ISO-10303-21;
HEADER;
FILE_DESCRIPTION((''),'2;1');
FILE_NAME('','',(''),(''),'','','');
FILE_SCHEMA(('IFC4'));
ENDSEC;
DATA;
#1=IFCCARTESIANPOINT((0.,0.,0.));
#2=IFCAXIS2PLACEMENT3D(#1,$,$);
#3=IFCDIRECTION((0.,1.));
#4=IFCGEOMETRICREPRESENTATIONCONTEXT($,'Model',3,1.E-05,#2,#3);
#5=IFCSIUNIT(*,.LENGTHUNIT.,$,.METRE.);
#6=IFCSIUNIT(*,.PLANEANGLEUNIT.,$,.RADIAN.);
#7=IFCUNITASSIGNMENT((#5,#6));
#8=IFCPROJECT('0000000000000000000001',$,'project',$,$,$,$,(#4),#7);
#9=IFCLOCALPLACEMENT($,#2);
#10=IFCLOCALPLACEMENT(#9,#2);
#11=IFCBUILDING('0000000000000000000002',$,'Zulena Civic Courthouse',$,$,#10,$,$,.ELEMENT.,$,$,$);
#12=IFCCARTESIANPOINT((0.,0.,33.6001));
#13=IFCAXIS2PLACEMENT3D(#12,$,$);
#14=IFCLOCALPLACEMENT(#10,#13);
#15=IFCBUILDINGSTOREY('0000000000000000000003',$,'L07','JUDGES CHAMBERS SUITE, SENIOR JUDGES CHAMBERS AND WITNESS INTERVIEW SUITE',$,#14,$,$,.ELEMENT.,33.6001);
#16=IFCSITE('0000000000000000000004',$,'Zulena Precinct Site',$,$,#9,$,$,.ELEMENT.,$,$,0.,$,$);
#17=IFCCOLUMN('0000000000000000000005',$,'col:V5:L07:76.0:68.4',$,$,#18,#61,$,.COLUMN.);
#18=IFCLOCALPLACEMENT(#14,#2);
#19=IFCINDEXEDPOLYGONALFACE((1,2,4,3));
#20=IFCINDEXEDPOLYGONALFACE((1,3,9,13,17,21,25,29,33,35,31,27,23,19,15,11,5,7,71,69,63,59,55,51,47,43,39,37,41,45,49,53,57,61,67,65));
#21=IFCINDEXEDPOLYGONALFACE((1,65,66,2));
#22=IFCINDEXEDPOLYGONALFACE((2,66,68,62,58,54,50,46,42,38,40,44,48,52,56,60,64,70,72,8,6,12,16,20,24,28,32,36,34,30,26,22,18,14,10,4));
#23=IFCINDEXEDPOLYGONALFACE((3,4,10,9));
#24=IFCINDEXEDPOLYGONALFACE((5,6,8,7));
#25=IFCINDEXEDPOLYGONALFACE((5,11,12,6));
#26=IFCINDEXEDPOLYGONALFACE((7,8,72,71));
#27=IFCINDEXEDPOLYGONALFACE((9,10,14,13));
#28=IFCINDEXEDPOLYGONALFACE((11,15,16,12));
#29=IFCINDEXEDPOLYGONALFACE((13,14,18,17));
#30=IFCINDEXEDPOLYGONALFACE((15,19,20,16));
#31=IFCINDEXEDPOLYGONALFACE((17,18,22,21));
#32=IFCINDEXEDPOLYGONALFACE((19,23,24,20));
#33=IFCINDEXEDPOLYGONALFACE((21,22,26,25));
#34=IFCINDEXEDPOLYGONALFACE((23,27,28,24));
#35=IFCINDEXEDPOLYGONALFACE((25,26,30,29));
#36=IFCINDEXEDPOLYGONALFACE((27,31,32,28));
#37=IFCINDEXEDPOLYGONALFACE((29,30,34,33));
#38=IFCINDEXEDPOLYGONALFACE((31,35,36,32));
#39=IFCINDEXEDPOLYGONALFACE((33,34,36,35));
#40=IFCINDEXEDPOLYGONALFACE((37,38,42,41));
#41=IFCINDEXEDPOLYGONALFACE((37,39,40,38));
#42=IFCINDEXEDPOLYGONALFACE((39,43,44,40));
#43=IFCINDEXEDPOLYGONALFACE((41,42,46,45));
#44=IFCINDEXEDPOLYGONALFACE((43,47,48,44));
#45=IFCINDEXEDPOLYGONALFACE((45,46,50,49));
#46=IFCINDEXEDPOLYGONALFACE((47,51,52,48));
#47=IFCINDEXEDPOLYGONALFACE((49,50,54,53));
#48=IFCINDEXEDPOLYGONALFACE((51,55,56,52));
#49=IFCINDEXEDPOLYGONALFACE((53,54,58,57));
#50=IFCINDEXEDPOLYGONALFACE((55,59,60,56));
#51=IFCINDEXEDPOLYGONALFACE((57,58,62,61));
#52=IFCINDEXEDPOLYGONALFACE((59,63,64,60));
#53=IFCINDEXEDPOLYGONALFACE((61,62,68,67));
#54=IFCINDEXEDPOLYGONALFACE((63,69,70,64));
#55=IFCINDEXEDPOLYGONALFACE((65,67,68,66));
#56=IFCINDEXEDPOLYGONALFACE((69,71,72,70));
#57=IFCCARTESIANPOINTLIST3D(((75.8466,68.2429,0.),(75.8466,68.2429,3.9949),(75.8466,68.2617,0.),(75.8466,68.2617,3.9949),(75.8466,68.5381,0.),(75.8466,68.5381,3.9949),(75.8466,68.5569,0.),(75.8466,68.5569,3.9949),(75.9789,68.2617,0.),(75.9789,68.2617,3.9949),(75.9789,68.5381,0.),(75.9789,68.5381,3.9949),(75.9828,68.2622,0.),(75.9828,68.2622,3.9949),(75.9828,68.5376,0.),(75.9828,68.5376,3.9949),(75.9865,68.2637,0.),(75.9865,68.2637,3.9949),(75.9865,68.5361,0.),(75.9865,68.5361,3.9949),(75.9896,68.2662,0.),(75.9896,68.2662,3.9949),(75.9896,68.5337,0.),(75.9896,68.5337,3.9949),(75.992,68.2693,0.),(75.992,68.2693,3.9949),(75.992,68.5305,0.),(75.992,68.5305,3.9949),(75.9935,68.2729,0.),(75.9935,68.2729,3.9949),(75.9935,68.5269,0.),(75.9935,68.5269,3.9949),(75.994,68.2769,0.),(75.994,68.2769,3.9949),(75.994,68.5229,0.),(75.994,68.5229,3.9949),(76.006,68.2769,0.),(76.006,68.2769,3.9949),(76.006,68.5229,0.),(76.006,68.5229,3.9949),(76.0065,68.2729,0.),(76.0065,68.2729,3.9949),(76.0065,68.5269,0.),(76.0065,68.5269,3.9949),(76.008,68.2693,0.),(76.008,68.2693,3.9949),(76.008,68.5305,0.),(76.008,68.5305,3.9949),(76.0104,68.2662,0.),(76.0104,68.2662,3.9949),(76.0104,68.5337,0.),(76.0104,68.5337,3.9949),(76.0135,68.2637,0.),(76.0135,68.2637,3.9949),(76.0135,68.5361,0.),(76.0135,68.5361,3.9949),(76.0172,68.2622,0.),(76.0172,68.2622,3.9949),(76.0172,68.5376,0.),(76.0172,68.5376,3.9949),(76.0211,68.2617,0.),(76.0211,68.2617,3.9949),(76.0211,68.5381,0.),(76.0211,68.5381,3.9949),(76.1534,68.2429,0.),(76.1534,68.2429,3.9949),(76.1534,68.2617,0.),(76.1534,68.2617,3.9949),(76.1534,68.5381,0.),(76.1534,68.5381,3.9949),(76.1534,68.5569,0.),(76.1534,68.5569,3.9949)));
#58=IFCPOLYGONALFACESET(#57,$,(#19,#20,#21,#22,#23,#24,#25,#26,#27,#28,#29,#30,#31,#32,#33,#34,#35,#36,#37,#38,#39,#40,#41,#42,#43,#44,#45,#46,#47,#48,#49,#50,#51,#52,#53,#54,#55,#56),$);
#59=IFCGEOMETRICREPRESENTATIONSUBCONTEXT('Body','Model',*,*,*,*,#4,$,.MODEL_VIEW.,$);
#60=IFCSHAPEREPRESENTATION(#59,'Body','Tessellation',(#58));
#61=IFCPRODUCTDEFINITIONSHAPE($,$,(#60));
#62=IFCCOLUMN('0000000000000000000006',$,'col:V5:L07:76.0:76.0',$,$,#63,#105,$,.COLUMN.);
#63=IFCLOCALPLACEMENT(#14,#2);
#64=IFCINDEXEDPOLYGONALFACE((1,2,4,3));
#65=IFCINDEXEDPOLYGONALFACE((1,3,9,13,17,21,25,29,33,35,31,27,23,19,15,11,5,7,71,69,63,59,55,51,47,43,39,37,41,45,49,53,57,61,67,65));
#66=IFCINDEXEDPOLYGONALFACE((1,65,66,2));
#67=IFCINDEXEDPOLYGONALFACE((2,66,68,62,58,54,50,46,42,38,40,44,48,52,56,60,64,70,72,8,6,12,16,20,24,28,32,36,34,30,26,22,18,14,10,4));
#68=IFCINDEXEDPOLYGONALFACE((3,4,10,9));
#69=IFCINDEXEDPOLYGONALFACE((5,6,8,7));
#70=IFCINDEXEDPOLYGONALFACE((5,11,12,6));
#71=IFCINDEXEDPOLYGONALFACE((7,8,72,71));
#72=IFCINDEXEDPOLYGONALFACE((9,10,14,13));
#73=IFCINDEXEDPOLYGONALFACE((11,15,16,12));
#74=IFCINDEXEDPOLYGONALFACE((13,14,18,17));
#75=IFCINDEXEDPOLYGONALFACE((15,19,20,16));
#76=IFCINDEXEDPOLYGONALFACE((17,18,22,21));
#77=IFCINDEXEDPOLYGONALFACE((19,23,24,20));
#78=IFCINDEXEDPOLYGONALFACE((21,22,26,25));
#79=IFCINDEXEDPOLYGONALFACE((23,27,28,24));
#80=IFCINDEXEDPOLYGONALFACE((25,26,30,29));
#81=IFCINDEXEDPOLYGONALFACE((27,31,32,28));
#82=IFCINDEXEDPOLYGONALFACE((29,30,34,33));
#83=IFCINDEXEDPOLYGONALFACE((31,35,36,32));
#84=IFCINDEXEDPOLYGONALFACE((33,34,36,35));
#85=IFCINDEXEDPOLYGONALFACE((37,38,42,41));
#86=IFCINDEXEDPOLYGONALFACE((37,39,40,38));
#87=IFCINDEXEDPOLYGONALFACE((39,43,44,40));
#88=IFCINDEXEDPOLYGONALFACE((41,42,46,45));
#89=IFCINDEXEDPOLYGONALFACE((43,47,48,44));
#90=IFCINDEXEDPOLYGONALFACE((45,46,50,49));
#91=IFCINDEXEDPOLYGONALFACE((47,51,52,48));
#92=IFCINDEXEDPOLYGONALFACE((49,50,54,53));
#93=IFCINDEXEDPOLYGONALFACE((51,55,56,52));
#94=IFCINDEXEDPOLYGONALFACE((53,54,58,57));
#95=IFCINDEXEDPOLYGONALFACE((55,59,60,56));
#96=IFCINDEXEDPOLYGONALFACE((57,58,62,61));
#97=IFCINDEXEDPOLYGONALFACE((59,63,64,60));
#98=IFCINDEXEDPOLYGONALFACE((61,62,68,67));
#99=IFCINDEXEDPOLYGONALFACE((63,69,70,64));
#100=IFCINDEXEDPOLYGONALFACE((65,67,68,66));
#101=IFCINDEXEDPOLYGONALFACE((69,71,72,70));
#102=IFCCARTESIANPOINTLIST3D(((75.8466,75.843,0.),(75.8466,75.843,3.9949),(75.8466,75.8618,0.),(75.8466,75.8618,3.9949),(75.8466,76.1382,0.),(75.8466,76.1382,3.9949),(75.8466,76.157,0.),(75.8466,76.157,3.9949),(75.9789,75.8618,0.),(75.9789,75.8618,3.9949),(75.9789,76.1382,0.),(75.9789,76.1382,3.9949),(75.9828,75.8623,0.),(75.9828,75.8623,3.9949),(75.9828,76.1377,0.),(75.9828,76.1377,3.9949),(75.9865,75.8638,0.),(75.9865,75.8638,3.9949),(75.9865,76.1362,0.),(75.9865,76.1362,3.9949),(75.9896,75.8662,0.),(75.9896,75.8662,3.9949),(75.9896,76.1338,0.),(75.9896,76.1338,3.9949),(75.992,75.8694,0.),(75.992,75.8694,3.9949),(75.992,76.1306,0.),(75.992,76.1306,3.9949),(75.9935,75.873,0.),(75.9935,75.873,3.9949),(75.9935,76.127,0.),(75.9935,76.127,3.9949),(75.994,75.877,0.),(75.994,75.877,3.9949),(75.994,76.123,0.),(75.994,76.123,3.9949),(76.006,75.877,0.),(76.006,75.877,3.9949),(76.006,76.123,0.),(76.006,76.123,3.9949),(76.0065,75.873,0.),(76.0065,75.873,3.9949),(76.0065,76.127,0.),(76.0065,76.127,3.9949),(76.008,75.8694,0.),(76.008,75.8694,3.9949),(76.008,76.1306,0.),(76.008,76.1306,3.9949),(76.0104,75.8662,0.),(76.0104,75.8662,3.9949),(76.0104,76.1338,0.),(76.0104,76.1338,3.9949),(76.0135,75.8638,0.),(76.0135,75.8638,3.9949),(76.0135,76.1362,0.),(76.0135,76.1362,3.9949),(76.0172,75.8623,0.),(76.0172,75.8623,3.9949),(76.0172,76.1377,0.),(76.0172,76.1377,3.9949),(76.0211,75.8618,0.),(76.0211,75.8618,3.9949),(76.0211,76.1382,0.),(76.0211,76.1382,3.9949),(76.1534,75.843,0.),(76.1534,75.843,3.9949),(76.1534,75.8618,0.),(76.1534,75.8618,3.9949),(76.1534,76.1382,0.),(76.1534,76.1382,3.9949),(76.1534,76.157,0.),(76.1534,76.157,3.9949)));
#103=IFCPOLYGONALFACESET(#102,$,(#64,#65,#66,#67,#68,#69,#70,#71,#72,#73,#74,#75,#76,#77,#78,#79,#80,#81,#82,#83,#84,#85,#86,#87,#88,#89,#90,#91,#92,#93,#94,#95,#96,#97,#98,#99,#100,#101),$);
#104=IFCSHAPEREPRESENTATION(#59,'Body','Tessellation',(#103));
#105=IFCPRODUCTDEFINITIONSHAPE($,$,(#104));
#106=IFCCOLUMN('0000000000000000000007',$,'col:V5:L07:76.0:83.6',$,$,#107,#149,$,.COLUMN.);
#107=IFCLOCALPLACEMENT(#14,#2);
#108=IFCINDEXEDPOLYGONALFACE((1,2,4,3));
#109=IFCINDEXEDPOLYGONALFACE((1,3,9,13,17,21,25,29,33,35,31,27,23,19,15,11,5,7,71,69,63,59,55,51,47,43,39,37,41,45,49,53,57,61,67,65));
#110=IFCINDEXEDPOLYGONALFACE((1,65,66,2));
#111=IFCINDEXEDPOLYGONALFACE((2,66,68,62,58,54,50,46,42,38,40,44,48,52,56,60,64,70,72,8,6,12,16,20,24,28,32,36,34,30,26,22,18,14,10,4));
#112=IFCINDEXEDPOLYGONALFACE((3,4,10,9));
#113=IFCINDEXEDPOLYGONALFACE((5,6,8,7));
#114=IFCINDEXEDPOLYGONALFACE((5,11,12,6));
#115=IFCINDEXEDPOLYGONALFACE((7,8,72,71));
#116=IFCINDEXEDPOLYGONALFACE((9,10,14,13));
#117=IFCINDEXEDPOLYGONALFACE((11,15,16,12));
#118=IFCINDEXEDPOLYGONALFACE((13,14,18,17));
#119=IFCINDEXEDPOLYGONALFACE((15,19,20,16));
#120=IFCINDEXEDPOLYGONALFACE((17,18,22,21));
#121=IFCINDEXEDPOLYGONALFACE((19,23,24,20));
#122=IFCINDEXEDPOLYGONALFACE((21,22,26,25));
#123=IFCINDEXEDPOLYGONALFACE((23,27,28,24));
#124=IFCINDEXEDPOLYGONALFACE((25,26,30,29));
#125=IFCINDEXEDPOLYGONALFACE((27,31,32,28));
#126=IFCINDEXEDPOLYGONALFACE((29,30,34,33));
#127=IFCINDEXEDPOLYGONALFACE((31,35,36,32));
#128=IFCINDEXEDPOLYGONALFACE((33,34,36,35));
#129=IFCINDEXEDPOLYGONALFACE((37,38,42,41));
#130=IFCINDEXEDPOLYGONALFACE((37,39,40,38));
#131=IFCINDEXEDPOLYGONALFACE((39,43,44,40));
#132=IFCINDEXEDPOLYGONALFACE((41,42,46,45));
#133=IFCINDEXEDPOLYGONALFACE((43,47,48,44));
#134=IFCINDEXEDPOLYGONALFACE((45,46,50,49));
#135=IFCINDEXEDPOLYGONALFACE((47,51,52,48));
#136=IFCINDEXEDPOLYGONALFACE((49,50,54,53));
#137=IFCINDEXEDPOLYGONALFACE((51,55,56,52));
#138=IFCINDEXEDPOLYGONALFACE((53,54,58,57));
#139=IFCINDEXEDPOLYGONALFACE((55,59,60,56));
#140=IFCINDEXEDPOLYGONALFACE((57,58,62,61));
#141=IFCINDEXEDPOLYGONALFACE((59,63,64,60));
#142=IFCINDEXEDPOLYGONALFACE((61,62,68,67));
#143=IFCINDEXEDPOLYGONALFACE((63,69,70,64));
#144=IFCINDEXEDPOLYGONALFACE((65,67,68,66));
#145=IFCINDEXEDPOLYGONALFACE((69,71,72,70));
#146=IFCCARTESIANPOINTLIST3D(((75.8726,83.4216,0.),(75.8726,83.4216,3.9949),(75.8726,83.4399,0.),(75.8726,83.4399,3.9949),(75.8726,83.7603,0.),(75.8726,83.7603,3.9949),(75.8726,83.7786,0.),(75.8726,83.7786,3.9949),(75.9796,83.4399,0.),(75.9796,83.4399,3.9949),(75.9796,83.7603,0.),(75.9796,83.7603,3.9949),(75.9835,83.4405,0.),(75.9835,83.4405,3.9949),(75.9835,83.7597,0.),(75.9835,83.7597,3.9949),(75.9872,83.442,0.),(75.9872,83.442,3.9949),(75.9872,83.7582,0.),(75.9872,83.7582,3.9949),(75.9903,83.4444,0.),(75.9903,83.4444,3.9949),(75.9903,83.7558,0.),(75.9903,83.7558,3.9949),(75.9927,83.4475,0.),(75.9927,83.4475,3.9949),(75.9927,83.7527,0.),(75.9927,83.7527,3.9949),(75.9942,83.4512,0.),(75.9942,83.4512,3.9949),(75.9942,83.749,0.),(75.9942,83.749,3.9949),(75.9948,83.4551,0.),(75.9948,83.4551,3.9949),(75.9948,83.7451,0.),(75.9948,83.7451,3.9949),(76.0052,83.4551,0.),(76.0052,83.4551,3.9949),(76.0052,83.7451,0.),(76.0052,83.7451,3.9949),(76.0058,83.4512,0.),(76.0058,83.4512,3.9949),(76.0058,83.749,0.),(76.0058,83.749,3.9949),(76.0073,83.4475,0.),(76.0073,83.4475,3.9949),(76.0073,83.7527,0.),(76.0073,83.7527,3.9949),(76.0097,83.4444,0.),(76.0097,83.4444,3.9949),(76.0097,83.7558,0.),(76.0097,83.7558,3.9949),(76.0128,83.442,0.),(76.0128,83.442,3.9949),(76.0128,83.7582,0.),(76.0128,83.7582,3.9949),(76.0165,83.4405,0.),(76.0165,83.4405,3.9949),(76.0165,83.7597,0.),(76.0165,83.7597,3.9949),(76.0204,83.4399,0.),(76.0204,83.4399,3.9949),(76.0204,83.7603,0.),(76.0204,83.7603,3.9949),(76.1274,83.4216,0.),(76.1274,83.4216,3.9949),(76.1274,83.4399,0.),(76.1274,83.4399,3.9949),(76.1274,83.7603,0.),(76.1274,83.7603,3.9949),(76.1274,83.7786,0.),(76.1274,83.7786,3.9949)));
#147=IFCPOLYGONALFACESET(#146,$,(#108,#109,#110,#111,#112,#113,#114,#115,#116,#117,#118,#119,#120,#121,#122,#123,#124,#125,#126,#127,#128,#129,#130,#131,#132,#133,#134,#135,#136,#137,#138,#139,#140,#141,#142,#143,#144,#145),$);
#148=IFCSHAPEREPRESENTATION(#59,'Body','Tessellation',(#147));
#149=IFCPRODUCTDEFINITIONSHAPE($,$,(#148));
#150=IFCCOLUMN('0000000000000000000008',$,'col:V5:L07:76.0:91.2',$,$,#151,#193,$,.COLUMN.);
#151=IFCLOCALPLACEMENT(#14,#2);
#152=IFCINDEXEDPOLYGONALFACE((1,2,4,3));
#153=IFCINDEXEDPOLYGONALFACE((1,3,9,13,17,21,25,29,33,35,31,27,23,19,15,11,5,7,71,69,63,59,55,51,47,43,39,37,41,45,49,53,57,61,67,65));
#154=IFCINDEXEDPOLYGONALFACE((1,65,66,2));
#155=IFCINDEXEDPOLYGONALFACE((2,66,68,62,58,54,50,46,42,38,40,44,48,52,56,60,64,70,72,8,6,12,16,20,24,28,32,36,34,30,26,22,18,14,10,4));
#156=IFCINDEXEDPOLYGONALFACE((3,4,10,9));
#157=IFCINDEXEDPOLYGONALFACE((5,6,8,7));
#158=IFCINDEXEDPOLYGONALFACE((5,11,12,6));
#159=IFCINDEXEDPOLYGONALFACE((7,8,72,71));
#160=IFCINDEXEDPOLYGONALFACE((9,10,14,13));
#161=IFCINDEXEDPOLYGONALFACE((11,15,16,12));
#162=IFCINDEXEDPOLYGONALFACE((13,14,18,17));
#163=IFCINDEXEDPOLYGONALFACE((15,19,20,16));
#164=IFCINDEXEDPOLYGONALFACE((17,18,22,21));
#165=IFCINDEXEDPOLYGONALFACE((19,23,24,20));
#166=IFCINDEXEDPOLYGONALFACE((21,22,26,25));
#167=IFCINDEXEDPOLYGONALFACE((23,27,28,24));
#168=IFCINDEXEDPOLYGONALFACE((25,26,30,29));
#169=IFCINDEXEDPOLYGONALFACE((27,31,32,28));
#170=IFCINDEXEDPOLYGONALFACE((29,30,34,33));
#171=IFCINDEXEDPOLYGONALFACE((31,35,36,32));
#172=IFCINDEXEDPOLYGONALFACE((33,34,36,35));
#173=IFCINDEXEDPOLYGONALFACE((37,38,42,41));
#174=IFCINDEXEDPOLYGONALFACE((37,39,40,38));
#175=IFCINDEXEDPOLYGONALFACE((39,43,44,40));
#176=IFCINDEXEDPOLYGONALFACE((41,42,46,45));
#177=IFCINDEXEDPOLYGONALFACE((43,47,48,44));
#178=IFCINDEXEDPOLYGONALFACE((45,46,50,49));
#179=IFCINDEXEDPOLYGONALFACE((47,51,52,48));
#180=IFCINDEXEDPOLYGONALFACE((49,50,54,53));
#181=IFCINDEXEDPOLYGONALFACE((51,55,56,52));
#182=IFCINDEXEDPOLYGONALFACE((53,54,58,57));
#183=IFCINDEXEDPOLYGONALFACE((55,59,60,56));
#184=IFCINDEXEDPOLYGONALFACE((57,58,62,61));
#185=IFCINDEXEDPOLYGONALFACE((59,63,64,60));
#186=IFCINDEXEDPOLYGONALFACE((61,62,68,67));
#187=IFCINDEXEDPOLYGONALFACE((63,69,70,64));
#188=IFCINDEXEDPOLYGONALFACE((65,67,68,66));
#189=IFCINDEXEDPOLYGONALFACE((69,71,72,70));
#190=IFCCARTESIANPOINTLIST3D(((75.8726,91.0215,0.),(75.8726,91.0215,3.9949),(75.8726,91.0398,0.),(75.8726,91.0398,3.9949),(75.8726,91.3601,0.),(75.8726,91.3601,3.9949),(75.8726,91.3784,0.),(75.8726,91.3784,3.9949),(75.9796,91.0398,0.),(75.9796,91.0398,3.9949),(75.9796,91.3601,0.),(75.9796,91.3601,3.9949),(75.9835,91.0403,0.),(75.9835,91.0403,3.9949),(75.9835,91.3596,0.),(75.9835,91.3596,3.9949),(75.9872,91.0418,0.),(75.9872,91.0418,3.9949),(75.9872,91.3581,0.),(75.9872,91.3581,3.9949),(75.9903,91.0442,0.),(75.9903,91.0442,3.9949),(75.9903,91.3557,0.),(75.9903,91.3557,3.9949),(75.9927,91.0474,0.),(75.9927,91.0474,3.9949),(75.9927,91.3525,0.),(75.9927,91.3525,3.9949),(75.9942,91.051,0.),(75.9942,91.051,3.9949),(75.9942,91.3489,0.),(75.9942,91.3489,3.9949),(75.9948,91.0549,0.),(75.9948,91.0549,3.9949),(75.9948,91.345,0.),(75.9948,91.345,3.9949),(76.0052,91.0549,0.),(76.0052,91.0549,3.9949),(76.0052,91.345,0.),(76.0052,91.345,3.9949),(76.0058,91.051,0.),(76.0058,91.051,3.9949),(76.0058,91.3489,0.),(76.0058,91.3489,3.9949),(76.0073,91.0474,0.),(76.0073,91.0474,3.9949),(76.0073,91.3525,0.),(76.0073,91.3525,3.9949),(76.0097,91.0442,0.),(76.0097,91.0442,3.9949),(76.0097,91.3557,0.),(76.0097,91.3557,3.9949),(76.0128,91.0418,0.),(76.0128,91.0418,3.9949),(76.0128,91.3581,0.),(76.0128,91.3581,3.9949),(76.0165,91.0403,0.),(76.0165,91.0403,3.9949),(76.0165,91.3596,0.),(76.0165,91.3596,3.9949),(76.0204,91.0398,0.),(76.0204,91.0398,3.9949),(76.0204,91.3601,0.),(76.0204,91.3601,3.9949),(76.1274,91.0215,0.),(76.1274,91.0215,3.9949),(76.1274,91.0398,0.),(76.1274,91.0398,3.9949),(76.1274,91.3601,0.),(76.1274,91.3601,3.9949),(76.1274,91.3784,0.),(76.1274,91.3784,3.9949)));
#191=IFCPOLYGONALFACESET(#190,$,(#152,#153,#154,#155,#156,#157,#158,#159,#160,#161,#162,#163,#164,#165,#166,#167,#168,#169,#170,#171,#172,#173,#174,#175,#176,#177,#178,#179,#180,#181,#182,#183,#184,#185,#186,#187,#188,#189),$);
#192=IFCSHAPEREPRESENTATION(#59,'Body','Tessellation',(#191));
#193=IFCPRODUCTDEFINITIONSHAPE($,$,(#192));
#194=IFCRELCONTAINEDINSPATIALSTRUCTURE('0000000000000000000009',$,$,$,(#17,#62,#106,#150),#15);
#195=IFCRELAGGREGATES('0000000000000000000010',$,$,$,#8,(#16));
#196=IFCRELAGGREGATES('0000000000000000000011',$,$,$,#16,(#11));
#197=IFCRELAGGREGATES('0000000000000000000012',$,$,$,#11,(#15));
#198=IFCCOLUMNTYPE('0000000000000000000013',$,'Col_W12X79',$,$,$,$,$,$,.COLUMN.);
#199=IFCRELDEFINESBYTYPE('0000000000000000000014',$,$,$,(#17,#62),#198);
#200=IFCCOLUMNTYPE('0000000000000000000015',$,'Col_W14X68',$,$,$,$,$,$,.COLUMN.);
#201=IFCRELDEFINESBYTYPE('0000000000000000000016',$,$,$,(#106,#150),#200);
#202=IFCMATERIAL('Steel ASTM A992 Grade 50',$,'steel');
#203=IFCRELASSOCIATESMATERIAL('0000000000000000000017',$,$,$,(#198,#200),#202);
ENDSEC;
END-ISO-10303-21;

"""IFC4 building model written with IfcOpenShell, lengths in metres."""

from ifc_helpers import new_model, si_unit, direction, frame, origin, origin_2d, place, context, subcontext, project, spatial, i_section, extrude, material, material_profile, profile_set, type_object, element, save


model = new_model("IFC4")

# Units and contexts
model_context = context("Model", 3, precision=1e-05, world=origin(), true_north=direction((0.0, 1.0)))
body_context = subcontext(model_context, "Body", "Model", "MODEL_VIEW")
ifc_project = project(units=[si_unit("LENGTHUNIT", "METRE"), si_unit("PLANEANGLEUNIT", "RADIAN")], contexts=[model_context])

# Site, building, storey
site_placement = place(None, origin())
site = spatial("IfcSite", under=ifc_project, at=site_placement, Name="Zulena Precinct Site", CompositionType="ELEMENT", RefElevation=0.0)
building_placement = place(site_placement, origin())
building = spatial("IfcBuilding", under=site, at=building_placement, Name="Zulena Civic Courthouse", CompositionType="ELEMENT")
storey_placement = place(building_placement, frame((0.0, 0.0, 33.6001)))
storey = spatial("IfcBuildingStorey", under=building, at=storey_placement, Name="L07", Description="JUDGES CHAMBERS SUITE, SENIOR JUDGES CHAMBERS AND WITNESS INTERVIEW SUITE", CompositionType="ELEMENT", Elevation=33.6001)

# Columns
ifc_material_1 = material(Name="Steel ASTM A992 Grade 50", Category="steel")
ifc_material_profile_1 = material_profile(ifc_material_1, i_section(OverallWidth=0.3069, OverallDepth=0.314, WebThickness=0.012, FlangeThickness=0.0188, FilletRadius=0.0151, at=origin_2d()), Name="W12X79")
ifc_profile_set_1 = profile_set([ifc_material_profile_1], Name="Steel ASTM A992 Grade 50")
column_type_1 = type_object("IfcColumnType", Name="Col_W12X79", PredefinedType="COLUMN", material=ifc_profile_set_1)
for number, where, z_axis, x_axis, name in (
    (1, (76.0, 68.3999, 0.0), (0.0, 0.0, 1.0), (1.0, 0.0, 0.0), "col:V5:L07:76.0:68.4"),
    (2, (76.0, 76.0, 0.0), (0.0, 0.0, 1.0), (1.0, 0.0, 0.0), "col:V5:L07:76.0:76.0"),
):
    element("IfcColumn", number, at=place(storey_placement, frame(where, z_axis=z_axis, x_axis=x_axis)), inside=storey, type_object=column_type_1, Name=name, PredefinedType="COLUMN", context=body_context, shape_type="SweptSolid", body=[
        extrude(i_section(OverallWidth=0.3069, OverallDepth=0.314, WebThickness=0.012, FlangeThickness=0.0188, FilletRadius=0.0151, at=origin_2d()), origin(), (0.0, 0.0, 1.0), 3.9949),
    ])
ifc_material_profile_2 = material_profile(ifc_material_1, i_section(OverallWidth=0.2549, OverallDepth=0.3569, WebThickness=0.0105, FlangeThickness=0.0183, FilletRadius=0.0151, at=origin_2d()), Name="W14X68")
ifc_profile_set_2 = profile_set([ifc_material_profile_2], Name="Steel ASTM A992 Grade 50")
column_type_2 = type_object("IfcColumnType", Name="Col_W14X68", PredefinedType="COLUMN", material=ifc_profile_set_2)
for number, where, z_axis, x_axis, name in (
    (3, (76.0, 83.6001, 0.0), (0.0, 0.0, 1.0), (1.0, 0.0, 0.0), "col:V5:L07:76.0:83.6"),
    (4, (76.0, 91.2, 0.0), (0.0, 0.0, 1.0), (1.0, 0.0, 0.0), "col:V5:L07:76.0:91.2"),
):
    element("IfcColumn", number, at=place(storey_placement, frame(where, z_axis=z_axis, x_axis=x_axis)), inside=storey, type_object=column_type_2, Name=name, PredefinedType="COLUMN", context=body_context, shape_type="SweptSolid", body=[
        extrude(i_section(OverallWidth=0.2549, OverallDepth=0.3569, WebThickness=0.0105, FlangeThickness=0.0183, FilletRadius=0.0151, at=origin_2d()), origin(), (0.0, 0.0, 1.0), 3.9949),
    ])

save(model, "model.ifc")
